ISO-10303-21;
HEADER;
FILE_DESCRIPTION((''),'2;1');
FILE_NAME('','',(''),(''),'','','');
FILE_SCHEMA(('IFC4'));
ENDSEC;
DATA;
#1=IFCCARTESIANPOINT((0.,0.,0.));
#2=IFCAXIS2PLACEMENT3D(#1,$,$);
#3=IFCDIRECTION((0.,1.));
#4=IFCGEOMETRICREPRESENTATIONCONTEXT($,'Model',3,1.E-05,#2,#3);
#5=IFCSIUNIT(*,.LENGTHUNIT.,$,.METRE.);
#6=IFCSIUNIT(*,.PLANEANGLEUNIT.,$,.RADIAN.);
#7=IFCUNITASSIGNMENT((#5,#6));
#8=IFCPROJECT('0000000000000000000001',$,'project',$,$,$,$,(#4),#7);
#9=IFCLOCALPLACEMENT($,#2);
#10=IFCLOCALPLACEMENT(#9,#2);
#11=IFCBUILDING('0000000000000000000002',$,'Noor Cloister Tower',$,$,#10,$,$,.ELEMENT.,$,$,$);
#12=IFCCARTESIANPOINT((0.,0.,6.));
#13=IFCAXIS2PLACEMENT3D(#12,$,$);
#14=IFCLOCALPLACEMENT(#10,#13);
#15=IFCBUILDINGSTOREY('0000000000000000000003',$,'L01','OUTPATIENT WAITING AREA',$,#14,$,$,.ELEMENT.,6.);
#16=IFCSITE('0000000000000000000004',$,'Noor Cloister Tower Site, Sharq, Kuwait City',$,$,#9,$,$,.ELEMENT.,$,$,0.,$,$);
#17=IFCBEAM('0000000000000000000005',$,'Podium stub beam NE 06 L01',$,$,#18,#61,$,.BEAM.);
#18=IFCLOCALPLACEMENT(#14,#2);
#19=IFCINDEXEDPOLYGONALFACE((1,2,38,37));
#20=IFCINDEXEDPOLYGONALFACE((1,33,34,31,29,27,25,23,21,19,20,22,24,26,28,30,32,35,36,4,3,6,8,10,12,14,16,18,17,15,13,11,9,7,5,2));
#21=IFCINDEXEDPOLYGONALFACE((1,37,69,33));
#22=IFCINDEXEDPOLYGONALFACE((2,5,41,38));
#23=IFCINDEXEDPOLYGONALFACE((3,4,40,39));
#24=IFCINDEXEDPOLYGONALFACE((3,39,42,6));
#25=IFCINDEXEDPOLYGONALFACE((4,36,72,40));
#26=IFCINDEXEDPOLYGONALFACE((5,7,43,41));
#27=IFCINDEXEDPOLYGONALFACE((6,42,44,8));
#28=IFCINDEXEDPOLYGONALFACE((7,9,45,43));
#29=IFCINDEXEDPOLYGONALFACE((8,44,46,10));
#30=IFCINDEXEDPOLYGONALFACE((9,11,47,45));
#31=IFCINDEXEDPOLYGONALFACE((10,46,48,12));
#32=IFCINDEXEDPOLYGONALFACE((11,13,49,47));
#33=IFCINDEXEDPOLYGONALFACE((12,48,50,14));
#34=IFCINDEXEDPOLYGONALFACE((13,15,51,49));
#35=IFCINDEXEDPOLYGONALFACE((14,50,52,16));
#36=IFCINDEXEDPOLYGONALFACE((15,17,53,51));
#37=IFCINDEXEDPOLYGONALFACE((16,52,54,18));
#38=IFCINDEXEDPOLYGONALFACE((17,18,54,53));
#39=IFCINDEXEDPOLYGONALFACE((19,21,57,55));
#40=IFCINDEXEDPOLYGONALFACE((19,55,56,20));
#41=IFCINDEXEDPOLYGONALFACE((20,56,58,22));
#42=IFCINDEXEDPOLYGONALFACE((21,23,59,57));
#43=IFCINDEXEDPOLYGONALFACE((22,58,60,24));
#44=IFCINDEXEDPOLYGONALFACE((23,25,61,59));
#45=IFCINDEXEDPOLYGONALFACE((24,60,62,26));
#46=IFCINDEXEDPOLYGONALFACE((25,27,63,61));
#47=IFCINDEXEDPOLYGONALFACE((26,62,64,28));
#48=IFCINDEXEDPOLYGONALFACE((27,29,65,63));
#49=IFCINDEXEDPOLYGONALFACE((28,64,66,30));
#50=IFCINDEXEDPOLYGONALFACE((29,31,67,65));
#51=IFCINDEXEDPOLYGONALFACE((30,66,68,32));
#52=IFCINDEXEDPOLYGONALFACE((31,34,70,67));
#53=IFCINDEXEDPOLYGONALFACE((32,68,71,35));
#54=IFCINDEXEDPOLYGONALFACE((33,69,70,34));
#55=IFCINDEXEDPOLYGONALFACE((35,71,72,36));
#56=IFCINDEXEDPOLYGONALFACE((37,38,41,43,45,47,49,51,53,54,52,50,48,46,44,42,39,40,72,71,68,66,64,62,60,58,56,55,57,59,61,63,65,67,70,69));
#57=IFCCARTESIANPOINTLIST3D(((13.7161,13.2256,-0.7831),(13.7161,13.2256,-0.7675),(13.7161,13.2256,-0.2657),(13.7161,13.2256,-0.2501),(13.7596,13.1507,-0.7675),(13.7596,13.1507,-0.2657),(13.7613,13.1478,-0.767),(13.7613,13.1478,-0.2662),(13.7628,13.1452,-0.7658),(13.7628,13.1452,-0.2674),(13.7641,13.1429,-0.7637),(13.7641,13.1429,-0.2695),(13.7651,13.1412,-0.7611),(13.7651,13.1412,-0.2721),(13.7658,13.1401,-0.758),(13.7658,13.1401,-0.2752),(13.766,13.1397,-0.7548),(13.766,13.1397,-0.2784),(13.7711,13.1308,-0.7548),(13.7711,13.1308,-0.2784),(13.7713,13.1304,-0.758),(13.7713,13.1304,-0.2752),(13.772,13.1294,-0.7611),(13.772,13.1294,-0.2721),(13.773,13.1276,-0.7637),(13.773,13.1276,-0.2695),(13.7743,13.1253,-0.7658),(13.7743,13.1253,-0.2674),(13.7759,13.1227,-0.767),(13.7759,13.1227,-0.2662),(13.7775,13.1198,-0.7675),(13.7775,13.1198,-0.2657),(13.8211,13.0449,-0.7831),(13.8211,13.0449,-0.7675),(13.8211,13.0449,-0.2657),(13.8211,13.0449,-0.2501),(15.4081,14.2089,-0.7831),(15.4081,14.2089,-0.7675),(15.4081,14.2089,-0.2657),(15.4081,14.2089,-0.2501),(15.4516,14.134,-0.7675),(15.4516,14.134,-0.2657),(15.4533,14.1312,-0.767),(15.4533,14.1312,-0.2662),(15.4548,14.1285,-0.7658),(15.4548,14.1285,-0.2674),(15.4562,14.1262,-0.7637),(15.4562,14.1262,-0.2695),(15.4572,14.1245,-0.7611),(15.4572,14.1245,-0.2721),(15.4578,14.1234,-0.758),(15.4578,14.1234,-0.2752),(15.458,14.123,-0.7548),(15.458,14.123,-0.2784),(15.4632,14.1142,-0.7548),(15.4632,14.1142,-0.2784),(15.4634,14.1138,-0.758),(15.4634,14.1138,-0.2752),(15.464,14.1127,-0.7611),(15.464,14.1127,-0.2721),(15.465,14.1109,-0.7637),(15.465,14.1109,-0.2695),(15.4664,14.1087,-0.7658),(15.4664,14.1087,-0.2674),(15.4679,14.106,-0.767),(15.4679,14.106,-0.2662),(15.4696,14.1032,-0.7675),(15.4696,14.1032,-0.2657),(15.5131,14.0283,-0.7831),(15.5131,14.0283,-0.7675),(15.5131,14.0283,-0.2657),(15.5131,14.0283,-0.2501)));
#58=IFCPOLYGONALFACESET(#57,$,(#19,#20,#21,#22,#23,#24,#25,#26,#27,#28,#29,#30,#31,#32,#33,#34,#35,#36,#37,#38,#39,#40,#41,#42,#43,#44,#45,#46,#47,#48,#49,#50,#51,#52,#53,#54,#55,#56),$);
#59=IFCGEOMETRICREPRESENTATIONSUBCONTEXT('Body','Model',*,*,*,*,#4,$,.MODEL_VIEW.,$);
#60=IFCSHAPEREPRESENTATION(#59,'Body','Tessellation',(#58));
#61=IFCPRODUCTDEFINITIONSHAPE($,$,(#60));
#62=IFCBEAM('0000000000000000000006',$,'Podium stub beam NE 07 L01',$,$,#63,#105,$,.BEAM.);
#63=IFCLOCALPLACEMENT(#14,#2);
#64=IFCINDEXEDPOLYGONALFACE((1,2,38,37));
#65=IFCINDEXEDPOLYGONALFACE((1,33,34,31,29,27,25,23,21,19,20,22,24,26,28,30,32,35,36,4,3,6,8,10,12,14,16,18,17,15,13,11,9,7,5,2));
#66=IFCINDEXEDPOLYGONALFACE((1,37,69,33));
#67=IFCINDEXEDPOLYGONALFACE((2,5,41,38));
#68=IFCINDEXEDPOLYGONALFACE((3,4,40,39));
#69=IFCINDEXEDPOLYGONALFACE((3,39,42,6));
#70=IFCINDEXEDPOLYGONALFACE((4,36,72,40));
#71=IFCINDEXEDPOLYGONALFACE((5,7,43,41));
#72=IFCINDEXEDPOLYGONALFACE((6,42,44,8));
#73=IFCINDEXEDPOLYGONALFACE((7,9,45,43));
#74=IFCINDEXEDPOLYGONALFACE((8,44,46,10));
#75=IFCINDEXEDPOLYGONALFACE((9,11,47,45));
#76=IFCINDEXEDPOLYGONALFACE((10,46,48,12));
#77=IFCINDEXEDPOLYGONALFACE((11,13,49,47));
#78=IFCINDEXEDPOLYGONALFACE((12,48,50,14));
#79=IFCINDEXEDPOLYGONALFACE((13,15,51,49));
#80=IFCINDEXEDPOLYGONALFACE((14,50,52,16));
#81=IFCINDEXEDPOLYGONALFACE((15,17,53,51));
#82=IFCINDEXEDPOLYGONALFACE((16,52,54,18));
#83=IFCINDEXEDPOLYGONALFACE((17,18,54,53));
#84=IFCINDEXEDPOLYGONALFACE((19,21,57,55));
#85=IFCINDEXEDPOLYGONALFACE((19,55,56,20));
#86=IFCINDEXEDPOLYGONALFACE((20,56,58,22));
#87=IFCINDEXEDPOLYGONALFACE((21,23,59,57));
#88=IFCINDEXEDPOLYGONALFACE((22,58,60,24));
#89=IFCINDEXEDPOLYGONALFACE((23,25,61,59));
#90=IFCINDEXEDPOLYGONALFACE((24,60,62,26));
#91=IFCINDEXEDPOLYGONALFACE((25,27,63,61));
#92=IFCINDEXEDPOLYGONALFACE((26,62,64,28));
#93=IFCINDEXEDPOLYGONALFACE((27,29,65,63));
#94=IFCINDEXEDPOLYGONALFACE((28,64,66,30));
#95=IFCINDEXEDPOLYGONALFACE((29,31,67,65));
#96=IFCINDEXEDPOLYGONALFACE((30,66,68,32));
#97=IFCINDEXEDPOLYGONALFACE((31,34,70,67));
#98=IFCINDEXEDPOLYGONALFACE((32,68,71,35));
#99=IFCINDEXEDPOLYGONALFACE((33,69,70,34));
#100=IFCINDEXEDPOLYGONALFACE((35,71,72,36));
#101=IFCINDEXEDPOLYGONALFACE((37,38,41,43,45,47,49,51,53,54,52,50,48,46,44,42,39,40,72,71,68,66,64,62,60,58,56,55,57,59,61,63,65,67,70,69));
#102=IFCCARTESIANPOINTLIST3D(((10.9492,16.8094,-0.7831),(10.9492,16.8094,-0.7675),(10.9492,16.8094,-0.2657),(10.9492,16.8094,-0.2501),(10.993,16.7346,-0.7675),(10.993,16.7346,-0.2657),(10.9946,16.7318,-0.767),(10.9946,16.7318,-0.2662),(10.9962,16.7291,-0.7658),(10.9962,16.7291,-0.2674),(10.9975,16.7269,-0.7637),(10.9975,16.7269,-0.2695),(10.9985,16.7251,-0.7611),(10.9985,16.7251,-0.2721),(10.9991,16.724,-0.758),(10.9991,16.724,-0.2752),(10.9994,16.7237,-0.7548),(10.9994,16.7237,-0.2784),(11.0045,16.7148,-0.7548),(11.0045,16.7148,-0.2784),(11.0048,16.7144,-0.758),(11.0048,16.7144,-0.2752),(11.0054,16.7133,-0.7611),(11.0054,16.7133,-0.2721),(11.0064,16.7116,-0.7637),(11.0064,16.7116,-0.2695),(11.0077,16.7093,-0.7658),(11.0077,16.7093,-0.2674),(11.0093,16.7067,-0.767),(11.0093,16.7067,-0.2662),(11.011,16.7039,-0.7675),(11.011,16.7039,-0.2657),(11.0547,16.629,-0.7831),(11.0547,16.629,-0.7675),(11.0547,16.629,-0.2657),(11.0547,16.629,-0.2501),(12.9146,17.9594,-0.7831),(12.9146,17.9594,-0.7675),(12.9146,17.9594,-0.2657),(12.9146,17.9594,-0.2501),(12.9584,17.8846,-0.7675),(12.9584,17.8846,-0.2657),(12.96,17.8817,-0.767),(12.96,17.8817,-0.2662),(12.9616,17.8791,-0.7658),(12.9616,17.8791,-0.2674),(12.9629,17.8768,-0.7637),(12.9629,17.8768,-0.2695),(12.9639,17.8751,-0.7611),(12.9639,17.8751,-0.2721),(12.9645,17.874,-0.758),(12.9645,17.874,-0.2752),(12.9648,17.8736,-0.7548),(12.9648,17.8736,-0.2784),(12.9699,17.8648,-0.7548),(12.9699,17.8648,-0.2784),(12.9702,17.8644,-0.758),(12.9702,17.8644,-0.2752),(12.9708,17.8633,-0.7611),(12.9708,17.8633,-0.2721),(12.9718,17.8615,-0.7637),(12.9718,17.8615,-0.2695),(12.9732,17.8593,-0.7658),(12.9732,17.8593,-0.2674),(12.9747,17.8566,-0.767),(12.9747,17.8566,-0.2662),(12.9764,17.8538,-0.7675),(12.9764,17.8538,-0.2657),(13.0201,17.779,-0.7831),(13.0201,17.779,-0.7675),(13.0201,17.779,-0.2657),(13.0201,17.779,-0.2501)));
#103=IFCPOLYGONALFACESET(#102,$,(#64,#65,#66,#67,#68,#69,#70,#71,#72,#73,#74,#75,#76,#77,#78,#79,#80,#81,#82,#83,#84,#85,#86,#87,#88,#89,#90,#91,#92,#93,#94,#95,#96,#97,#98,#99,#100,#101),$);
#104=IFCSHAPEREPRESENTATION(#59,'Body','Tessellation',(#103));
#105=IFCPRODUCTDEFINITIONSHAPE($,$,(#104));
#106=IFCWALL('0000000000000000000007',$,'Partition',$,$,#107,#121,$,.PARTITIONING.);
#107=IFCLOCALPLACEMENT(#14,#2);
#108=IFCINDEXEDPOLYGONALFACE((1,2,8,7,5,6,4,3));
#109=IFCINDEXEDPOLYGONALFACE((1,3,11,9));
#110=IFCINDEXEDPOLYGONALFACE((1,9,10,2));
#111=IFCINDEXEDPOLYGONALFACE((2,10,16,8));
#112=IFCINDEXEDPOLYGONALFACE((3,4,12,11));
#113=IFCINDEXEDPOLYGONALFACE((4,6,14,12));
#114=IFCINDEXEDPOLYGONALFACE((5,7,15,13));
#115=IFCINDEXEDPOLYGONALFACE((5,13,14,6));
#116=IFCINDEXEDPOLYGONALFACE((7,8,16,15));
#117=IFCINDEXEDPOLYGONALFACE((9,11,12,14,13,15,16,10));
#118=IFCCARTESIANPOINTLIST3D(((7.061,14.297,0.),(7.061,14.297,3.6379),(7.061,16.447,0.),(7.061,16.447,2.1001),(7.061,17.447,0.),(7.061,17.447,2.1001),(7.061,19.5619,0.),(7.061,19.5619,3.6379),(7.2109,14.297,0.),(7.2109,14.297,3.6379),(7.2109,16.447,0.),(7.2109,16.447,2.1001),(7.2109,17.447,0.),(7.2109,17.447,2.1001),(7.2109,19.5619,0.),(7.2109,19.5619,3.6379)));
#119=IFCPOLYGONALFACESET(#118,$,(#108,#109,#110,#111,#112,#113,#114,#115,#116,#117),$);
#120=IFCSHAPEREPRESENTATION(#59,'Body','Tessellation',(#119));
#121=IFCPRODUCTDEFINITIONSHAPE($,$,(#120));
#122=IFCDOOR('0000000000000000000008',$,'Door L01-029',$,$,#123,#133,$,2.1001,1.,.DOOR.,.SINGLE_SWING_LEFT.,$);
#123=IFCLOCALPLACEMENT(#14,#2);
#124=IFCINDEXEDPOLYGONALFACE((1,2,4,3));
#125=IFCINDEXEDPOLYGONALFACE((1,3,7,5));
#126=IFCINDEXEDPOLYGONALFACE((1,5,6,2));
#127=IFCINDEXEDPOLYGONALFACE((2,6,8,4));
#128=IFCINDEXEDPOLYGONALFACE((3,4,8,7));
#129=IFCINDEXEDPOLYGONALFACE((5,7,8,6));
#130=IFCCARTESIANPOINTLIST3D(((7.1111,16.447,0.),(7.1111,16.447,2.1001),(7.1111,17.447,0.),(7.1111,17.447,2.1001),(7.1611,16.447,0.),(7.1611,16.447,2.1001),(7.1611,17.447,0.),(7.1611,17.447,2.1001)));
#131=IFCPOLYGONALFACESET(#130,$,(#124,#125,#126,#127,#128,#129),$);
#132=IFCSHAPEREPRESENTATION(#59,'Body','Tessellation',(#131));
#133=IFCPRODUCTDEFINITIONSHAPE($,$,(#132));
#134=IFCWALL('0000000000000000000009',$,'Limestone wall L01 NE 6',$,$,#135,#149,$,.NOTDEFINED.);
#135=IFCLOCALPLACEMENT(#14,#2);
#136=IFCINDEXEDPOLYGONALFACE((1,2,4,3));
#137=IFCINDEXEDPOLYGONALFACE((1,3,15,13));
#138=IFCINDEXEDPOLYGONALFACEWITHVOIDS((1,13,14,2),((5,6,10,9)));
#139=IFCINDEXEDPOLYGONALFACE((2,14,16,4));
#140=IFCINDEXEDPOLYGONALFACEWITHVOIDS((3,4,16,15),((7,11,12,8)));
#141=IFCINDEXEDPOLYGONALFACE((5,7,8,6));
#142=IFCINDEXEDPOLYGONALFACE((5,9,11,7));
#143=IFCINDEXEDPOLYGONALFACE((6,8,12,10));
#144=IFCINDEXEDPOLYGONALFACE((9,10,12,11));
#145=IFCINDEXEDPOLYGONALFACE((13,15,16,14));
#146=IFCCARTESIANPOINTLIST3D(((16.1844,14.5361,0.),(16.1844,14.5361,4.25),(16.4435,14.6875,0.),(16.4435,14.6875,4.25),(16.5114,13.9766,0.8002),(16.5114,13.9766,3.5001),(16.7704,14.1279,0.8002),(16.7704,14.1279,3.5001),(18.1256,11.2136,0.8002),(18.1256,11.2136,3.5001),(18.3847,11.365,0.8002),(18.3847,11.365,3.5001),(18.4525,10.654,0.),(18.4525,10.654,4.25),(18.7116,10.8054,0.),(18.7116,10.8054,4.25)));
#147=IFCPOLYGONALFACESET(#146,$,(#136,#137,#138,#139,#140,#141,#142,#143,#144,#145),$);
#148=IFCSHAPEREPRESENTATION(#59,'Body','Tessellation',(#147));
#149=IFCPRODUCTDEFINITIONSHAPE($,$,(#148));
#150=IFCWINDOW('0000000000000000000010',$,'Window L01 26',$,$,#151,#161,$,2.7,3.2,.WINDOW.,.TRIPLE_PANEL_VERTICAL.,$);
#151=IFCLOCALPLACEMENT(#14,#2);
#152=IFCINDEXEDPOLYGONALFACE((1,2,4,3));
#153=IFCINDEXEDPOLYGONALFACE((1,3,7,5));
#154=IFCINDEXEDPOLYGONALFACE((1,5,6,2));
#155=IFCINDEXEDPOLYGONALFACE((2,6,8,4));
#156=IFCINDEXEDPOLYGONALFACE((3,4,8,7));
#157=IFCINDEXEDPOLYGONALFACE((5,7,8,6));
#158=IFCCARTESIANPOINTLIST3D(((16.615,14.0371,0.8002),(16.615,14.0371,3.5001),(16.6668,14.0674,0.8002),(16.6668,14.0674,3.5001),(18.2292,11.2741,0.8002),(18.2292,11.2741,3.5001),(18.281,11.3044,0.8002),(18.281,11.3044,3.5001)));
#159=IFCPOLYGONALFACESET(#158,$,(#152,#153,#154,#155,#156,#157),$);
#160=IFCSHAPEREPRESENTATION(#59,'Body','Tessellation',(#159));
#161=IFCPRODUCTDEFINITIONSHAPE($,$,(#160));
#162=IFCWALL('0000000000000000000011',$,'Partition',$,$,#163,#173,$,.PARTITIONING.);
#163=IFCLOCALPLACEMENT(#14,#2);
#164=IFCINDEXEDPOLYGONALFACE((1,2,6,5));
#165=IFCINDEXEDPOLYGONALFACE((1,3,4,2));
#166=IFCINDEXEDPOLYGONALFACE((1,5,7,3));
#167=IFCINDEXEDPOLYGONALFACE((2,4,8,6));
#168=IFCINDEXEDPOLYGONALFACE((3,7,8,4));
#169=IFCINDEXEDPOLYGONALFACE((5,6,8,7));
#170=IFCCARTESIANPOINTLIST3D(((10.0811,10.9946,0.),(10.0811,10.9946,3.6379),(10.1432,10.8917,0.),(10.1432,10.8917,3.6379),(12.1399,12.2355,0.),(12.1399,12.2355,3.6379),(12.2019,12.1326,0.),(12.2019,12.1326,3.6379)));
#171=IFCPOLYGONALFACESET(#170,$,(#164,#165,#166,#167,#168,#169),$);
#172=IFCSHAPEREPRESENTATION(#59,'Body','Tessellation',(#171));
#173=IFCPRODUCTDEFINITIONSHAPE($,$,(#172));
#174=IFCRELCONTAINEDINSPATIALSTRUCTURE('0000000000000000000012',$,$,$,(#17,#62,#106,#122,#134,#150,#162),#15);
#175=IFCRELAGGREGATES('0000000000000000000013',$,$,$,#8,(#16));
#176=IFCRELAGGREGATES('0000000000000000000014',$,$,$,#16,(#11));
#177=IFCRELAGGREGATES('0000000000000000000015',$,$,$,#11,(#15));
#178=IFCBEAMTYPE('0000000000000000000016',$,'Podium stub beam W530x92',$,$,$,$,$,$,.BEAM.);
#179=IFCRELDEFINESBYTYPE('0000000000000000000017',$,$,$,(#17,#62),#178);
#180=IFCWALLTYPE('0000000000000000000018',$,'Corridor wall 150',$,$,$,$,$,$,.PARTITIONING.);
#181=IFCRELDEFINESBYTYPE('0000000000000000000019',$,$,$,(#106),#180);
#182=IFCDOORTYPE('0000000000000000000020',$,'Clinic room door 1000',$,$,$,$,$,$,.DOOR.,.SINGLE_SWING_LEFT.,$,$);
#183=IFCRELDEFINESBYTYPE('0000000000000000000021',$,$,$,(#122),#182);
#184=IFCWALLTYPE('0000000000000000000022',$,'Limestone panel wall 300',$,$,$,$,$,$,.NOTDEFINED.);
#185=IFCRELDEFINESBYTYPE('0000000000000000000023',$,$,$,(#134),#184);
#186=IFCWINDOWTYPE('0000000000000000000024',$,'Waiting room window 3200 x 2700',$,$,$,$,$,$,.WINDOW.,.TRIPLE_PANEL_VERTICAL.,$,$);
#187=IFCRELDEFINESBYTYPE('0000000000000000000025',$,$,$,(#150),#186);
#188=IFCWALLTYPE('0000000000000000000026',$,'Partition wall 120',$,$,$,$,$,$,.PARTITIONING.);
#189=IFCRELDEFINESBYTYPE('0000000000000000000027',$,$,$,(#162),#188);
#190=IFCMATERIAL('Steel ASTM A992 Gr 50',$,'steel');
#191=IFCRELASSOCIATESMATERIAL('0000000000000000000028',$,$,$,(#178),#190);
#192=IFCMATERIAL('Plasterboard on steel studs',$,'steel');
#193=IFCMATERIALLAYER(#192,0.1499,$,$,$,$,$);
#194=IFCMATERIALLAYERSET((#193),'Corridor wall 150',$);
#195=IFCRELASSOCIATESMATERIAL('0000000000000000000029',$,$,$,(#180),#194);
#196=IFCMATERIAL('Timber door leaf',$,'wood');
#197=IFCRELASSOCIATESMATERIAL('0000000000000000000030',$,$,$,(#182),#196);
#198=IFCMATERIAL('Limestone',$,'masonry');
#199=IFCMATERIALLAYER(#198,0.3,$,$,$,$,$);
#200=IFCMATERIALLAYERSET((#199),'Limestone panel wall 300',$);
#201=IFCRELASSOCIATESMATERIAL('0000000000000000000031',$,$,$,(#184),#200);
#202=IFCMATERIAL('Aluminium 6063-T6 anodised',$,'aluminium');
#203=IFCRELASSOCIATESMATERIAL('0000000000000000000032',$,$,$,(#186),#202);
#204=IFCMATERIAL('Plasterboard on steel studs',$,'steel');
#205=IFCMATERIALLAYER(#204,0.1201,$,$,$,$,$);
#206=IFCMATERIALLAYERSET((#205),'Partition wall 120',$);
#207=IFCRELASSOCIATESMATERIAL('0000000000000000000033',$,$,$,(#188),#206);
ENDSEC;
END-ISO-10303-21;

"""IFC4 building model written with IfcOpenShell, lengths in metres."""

from ifc_helpers import new_model, si_unit, direction, frame, frame_2d, origin, origin_2d, place, context, subcontext, project, spatial, rectangle, i_section, extrude, material, layer, layer_set, material_profile, profile_set, type_object, element, fill, save


model = new_model("IFC4")

# Units and contexts
model_context = context("Model", 3, precision=1e-05, world=origin(), true_north=direction((0.0, 1.0)))
body_context = subcontext(model_context, "Body", "Model", "MODEL_VIEW")
ifc_project = project(units=[si_unit("LENGTHUNIT", "METRE"), si_unit("PLANEANGLEUNIT", "RADIAN")], contexts=[model_context])

# Site, building, storey
site_placement = place(None, origin())
site = spatial("IfcSite", under=ifc_project, at=site_placement, Name="Noor Cloister Tower Site, Sharq, Kuwait City", CompositionType="ELEMENT", RefElevation=0.0)
building_placement = place(site_placement, origin())
building = spatial("IfcBuilding", under=site, at=building_placement, Name="Noor Cloister Tower", CompositionType="ELEMENT")
storey_placement = place(building_placement, frame((0.0, 0.0, 6.0)))
storey = spatial("IfcBuildingStorey", under=building, at=storey_placement, Name="L01", Description="OUTPATIENT WAITING AREA", CompositionType="ELEMENT", Elevation=6.0)

# Beams
ifc_material_1 = material(Name="Steel ASTM A992 Gr 50", Category="steel")
ifc_material_profile_1 = material_profile(ifc_material_1, i_section(OverallWidth=0.209, OverallDepth=0.533, WebThickness=0.0103, FlangeThickness=0.0156, FilletRadius=0.0127, at=origin_2d()), Name="W530x92")
ifc_profile_set_1 = profile_set([ifc_material_profile_1], Name="Steel ASTM A992 Gr 50")
beam_type_1 = type_object("IfcBeamType", Name="Podium stub beam W530x92", PredefinedType="BEAM", material=ifc_profile_set_1)
beam_1_placement = place(storey_placement, frame((13.7686, 13.1353, -0.5166), z_axis=(0.864597, 0.502467, 0.0), x_axis=(-0.502467, 0.864597, 0.0)))
element("IfcBeam", 1, at=beam_1_placement, inside=storey, type_object=beam_type_1, Name="Podium stub beam NE 06 L01", PredefinedType="BEAM", context=body_context, shape_type="SweptSolid", body=[
    extrude(i_section(OverallWidth=0.209, OverallDepth=0.533, WebThickness=0.0103, FlangeThickness=0.0156, FilletRadius=0.0127, at=origin_2d()), origin(), (0.0, 0.0, 1.0), 1.957),
])
beam_2_placement = place(storey_placement, frame((11.002, 16.7192, -0.5166), z_axis=(0.863117, 0.505004, 0.0), x_axis=(-0.505004, 0.863117, 0.0)))
element("IfcBeam", 2, at=beam_2_placement, inside=storey, type_object=beam_type_1, Name="Podium stub beam NE 07 L01", PredefinedType="BEAM", context=body_context, shape_type="SweptSolid", body=[
    extrude(i_section(OverallWidth=0.209, OverallDepth=0.533, WebThickness=0.0103, FlangeThickness=0.0156, FilletRadius=0.0127, at=origin_2d()), origin(), (0.0, 0.0, 1.0), 2.2771),
])

# Wall, opening, door
ifc_material_2 = material(Name="Plasterboard on steel studs", Category="steel")
ifc_layer_1 = layer(ifc_material_2, 0.1499)
ifc_layer_set_1 = layer_set([ifc_layer_1], Name="Corridor wall 150")
wall_type_1 = type_object("IfcWallType", Name="Corridor wall 150", PredefinedType="PARTITIONING", material=ifc_layer_set_1)
wall_1_placement = place(storey_placement, frame((7.136, 14.2971, 0.0), z_axis=(0.0, 0.0, 1.0), x_axis=(0.0, 1.0, 0.0)))
wall_1 = element("IfcWall", 3, at=wall_1_placement, inside=storey, type_object=wall_type_1, Name="Partition", PredefinedType="PARTITIONING", context=body_context, shape_type="SweptSolid", body=[
    extrude(rectangle(XDim=5.2649, YDim=0.1499, at=frame_2d((2.6323, 0.0))), origin(), (0.0, 0.0, 1.0), 3.6379),
])
opening_1_placement = place(wall_1_placement, frame((2.1499, 0.0, 0.0)))
opening_1 = element("IfcOpeningElement", 4, at=opening_1_placement, cuts=wall_1, PredefinedType="OPENING", context=body_context, shape_type="SweptSolid", body=[
    extrude(rectangle(XDim=1.0, YDim=2.1001, at=frame_2d((0.5, 1.05))), frame((0.0, 0.085, 0.0), z_axis=(0.0, -1.0, 0.0), x_axis=(1.0, 0.0, 0.0)), (0.0, 0.0, 1.0), 0.1699),
])
ifc_material_3 = material(Name="Timber door leaf", Category="wood")
door_type_1 = type_object("IfcDoorType", Name="Clinic room door 1000", OperationType="SINGLE_SWING_LEFT", PredefinedType="DOOR", material=ifc_material_3)
door_1_placement = place(opening_1_placement, origin())
door_1 = element("IfcDoor", 5, at=door_1_placement, inside=storey, type_object=door_type_1, Name="Door L01-029", OperationType="SINGLE_SWING_LEFT", OverallHeight=2.1001, OverallWidth=1.0, PredefinedType="DOOR", context=body_context, shape_type="SweptSolid", body=[
    extrude(rectangle(XDim=1.0, YDim=2.1001, at=frame_2d((0.5, 1.05))), frame((0.0, 0.0249, 0.0), z_axis=(0.0, -1.0, 0.0), x_axis=(1.0, 0.0, 0.0)), (0.0, 0.0, 1.0), 0.05),
])
fill(opening_1, door_1)

# Wall, opening, window
ifc_material_4 = material(Name="Limestone", Category="masonry")
ifc_layer_2 = layer(ifc_material_4, 0.3)
ifc_layer_set_2 = layer_set([ifc_layer_2], Name="Limestone panel wall 300")
wall_type_2 = type_object("IfcWallType", Name="Limestone panel wall 300", PredefinedType="NOTDEFINED", material=ifc_layer_set_2)
wall_2_placement = place(storey_placement, frame((16.314, 14.6118, 0.0), z_axis=(0.0, 0.0, 1.0), x_axis=(0.504455, -0.863438, 0.0)))
wall_2 = element("IfcWall", 6, at=wall_2_placement, inside=storey, type_object=wall_type_2, Name="Limestone wall L01 NE 6", PredefinedType="NOTDEFINED", context=body_context, shape_type="SweptSolid", body=[
    extrude(rectangle(XDim=4.4961, YDim=0.3, at=frame_2d((2.248, 0.0))), origin(), (0.0, 0.0, 1.0), 4.25),
])
opening_2_placement = place(wall_2_placement, frame((0.6479, 0.0, 0.8)))
opening_2 = element("IfcOpeningElement", 7, at=opening_2_placement, cuts=wall_2, PredefinedType="OPENING", context=body_context, shape_type="SweptSolid", body=[
    extrude(rectangle(XDim=3.2, YDim=2.7, at=frame_2d((1.6001, 1.3501))), frame((0.0, 0.1602, 0.0), z_axis=(0.0, -1.0, 0.0), x_axis=(1.0, 0.0, 0.0)), (0.0, 0.0, 1.0), 0.3201),
])
ifc_material_5 = material(Name="Aluminium 6063-T6 anodised", Category="aluminium")
window_type = type_object("IfcWindowType", Name="Waiting room window 3200 x 2700", PartitioningType="TRIPLE_PANEL_VERTICAL", PredefinedType="WINDOW", material=ifc_material_5)
window_placement = place(opening_2_placement, origin())
window = element("IfcWindow", 8, at=window_placement, inside=storey, type_object=window_type, Name="Window L01 26", OverallHeight=2.7, OverallWidth=3.2, PartitioningType="TRIPLE_PANEL_VERTICAL", PredefinedType="WINDOW", context=body_context, shape_type="SweptSolid", body=[
    extrude(rectangle(XDim=3.2, YDim=2.7, at=frame_2d((1.6001, 1.3501))), frame((0.0, 0.03, 0.0), z_axis=(0.0, -1.0, 0.0), x_axis=(1.0, 0.0, 0.0)), (0.0, 0.0, 1.0), 0.0601),
])
fill(opening_2, window)

# Wall
ifc_material_6 = material(Name="Plasterboard on steel studs", Category="steel")
ifc_layer_3 = layer(ifc_material_6, 0.1201)
ifc_layer_set_3 = layer_set([ifc_layer_3], Name="Partition wall 120")
wall_type_3 = type_object("IfcWallType", Name="Partition wall 120", PredefinedType="PARTITIONING", material=ifc_layer_set_3)
wall_3_placement = place(storey_placement, frame((12.1709, 12.1841, 0.0), z_axis=(0.0, 0.0, 1.0), x_axis=(-0.856452, -0.516227, 0.0)))
element("IfcWall", 9, at=wall_3_placement, inside=storey, type_object=wall_type_3, Name="Partition", PredefinedType="PARTITIONING", context=body_context, shape_type="SweptSolid", body=[
    extrude(rectangle(XDim=2.4038, YDim=0.1201, at=frame_2d((1.2019, 0.0))), origin(), (0.0, 0.0, 1.0), 3.6379),
])

save(model, "model.ifc")
